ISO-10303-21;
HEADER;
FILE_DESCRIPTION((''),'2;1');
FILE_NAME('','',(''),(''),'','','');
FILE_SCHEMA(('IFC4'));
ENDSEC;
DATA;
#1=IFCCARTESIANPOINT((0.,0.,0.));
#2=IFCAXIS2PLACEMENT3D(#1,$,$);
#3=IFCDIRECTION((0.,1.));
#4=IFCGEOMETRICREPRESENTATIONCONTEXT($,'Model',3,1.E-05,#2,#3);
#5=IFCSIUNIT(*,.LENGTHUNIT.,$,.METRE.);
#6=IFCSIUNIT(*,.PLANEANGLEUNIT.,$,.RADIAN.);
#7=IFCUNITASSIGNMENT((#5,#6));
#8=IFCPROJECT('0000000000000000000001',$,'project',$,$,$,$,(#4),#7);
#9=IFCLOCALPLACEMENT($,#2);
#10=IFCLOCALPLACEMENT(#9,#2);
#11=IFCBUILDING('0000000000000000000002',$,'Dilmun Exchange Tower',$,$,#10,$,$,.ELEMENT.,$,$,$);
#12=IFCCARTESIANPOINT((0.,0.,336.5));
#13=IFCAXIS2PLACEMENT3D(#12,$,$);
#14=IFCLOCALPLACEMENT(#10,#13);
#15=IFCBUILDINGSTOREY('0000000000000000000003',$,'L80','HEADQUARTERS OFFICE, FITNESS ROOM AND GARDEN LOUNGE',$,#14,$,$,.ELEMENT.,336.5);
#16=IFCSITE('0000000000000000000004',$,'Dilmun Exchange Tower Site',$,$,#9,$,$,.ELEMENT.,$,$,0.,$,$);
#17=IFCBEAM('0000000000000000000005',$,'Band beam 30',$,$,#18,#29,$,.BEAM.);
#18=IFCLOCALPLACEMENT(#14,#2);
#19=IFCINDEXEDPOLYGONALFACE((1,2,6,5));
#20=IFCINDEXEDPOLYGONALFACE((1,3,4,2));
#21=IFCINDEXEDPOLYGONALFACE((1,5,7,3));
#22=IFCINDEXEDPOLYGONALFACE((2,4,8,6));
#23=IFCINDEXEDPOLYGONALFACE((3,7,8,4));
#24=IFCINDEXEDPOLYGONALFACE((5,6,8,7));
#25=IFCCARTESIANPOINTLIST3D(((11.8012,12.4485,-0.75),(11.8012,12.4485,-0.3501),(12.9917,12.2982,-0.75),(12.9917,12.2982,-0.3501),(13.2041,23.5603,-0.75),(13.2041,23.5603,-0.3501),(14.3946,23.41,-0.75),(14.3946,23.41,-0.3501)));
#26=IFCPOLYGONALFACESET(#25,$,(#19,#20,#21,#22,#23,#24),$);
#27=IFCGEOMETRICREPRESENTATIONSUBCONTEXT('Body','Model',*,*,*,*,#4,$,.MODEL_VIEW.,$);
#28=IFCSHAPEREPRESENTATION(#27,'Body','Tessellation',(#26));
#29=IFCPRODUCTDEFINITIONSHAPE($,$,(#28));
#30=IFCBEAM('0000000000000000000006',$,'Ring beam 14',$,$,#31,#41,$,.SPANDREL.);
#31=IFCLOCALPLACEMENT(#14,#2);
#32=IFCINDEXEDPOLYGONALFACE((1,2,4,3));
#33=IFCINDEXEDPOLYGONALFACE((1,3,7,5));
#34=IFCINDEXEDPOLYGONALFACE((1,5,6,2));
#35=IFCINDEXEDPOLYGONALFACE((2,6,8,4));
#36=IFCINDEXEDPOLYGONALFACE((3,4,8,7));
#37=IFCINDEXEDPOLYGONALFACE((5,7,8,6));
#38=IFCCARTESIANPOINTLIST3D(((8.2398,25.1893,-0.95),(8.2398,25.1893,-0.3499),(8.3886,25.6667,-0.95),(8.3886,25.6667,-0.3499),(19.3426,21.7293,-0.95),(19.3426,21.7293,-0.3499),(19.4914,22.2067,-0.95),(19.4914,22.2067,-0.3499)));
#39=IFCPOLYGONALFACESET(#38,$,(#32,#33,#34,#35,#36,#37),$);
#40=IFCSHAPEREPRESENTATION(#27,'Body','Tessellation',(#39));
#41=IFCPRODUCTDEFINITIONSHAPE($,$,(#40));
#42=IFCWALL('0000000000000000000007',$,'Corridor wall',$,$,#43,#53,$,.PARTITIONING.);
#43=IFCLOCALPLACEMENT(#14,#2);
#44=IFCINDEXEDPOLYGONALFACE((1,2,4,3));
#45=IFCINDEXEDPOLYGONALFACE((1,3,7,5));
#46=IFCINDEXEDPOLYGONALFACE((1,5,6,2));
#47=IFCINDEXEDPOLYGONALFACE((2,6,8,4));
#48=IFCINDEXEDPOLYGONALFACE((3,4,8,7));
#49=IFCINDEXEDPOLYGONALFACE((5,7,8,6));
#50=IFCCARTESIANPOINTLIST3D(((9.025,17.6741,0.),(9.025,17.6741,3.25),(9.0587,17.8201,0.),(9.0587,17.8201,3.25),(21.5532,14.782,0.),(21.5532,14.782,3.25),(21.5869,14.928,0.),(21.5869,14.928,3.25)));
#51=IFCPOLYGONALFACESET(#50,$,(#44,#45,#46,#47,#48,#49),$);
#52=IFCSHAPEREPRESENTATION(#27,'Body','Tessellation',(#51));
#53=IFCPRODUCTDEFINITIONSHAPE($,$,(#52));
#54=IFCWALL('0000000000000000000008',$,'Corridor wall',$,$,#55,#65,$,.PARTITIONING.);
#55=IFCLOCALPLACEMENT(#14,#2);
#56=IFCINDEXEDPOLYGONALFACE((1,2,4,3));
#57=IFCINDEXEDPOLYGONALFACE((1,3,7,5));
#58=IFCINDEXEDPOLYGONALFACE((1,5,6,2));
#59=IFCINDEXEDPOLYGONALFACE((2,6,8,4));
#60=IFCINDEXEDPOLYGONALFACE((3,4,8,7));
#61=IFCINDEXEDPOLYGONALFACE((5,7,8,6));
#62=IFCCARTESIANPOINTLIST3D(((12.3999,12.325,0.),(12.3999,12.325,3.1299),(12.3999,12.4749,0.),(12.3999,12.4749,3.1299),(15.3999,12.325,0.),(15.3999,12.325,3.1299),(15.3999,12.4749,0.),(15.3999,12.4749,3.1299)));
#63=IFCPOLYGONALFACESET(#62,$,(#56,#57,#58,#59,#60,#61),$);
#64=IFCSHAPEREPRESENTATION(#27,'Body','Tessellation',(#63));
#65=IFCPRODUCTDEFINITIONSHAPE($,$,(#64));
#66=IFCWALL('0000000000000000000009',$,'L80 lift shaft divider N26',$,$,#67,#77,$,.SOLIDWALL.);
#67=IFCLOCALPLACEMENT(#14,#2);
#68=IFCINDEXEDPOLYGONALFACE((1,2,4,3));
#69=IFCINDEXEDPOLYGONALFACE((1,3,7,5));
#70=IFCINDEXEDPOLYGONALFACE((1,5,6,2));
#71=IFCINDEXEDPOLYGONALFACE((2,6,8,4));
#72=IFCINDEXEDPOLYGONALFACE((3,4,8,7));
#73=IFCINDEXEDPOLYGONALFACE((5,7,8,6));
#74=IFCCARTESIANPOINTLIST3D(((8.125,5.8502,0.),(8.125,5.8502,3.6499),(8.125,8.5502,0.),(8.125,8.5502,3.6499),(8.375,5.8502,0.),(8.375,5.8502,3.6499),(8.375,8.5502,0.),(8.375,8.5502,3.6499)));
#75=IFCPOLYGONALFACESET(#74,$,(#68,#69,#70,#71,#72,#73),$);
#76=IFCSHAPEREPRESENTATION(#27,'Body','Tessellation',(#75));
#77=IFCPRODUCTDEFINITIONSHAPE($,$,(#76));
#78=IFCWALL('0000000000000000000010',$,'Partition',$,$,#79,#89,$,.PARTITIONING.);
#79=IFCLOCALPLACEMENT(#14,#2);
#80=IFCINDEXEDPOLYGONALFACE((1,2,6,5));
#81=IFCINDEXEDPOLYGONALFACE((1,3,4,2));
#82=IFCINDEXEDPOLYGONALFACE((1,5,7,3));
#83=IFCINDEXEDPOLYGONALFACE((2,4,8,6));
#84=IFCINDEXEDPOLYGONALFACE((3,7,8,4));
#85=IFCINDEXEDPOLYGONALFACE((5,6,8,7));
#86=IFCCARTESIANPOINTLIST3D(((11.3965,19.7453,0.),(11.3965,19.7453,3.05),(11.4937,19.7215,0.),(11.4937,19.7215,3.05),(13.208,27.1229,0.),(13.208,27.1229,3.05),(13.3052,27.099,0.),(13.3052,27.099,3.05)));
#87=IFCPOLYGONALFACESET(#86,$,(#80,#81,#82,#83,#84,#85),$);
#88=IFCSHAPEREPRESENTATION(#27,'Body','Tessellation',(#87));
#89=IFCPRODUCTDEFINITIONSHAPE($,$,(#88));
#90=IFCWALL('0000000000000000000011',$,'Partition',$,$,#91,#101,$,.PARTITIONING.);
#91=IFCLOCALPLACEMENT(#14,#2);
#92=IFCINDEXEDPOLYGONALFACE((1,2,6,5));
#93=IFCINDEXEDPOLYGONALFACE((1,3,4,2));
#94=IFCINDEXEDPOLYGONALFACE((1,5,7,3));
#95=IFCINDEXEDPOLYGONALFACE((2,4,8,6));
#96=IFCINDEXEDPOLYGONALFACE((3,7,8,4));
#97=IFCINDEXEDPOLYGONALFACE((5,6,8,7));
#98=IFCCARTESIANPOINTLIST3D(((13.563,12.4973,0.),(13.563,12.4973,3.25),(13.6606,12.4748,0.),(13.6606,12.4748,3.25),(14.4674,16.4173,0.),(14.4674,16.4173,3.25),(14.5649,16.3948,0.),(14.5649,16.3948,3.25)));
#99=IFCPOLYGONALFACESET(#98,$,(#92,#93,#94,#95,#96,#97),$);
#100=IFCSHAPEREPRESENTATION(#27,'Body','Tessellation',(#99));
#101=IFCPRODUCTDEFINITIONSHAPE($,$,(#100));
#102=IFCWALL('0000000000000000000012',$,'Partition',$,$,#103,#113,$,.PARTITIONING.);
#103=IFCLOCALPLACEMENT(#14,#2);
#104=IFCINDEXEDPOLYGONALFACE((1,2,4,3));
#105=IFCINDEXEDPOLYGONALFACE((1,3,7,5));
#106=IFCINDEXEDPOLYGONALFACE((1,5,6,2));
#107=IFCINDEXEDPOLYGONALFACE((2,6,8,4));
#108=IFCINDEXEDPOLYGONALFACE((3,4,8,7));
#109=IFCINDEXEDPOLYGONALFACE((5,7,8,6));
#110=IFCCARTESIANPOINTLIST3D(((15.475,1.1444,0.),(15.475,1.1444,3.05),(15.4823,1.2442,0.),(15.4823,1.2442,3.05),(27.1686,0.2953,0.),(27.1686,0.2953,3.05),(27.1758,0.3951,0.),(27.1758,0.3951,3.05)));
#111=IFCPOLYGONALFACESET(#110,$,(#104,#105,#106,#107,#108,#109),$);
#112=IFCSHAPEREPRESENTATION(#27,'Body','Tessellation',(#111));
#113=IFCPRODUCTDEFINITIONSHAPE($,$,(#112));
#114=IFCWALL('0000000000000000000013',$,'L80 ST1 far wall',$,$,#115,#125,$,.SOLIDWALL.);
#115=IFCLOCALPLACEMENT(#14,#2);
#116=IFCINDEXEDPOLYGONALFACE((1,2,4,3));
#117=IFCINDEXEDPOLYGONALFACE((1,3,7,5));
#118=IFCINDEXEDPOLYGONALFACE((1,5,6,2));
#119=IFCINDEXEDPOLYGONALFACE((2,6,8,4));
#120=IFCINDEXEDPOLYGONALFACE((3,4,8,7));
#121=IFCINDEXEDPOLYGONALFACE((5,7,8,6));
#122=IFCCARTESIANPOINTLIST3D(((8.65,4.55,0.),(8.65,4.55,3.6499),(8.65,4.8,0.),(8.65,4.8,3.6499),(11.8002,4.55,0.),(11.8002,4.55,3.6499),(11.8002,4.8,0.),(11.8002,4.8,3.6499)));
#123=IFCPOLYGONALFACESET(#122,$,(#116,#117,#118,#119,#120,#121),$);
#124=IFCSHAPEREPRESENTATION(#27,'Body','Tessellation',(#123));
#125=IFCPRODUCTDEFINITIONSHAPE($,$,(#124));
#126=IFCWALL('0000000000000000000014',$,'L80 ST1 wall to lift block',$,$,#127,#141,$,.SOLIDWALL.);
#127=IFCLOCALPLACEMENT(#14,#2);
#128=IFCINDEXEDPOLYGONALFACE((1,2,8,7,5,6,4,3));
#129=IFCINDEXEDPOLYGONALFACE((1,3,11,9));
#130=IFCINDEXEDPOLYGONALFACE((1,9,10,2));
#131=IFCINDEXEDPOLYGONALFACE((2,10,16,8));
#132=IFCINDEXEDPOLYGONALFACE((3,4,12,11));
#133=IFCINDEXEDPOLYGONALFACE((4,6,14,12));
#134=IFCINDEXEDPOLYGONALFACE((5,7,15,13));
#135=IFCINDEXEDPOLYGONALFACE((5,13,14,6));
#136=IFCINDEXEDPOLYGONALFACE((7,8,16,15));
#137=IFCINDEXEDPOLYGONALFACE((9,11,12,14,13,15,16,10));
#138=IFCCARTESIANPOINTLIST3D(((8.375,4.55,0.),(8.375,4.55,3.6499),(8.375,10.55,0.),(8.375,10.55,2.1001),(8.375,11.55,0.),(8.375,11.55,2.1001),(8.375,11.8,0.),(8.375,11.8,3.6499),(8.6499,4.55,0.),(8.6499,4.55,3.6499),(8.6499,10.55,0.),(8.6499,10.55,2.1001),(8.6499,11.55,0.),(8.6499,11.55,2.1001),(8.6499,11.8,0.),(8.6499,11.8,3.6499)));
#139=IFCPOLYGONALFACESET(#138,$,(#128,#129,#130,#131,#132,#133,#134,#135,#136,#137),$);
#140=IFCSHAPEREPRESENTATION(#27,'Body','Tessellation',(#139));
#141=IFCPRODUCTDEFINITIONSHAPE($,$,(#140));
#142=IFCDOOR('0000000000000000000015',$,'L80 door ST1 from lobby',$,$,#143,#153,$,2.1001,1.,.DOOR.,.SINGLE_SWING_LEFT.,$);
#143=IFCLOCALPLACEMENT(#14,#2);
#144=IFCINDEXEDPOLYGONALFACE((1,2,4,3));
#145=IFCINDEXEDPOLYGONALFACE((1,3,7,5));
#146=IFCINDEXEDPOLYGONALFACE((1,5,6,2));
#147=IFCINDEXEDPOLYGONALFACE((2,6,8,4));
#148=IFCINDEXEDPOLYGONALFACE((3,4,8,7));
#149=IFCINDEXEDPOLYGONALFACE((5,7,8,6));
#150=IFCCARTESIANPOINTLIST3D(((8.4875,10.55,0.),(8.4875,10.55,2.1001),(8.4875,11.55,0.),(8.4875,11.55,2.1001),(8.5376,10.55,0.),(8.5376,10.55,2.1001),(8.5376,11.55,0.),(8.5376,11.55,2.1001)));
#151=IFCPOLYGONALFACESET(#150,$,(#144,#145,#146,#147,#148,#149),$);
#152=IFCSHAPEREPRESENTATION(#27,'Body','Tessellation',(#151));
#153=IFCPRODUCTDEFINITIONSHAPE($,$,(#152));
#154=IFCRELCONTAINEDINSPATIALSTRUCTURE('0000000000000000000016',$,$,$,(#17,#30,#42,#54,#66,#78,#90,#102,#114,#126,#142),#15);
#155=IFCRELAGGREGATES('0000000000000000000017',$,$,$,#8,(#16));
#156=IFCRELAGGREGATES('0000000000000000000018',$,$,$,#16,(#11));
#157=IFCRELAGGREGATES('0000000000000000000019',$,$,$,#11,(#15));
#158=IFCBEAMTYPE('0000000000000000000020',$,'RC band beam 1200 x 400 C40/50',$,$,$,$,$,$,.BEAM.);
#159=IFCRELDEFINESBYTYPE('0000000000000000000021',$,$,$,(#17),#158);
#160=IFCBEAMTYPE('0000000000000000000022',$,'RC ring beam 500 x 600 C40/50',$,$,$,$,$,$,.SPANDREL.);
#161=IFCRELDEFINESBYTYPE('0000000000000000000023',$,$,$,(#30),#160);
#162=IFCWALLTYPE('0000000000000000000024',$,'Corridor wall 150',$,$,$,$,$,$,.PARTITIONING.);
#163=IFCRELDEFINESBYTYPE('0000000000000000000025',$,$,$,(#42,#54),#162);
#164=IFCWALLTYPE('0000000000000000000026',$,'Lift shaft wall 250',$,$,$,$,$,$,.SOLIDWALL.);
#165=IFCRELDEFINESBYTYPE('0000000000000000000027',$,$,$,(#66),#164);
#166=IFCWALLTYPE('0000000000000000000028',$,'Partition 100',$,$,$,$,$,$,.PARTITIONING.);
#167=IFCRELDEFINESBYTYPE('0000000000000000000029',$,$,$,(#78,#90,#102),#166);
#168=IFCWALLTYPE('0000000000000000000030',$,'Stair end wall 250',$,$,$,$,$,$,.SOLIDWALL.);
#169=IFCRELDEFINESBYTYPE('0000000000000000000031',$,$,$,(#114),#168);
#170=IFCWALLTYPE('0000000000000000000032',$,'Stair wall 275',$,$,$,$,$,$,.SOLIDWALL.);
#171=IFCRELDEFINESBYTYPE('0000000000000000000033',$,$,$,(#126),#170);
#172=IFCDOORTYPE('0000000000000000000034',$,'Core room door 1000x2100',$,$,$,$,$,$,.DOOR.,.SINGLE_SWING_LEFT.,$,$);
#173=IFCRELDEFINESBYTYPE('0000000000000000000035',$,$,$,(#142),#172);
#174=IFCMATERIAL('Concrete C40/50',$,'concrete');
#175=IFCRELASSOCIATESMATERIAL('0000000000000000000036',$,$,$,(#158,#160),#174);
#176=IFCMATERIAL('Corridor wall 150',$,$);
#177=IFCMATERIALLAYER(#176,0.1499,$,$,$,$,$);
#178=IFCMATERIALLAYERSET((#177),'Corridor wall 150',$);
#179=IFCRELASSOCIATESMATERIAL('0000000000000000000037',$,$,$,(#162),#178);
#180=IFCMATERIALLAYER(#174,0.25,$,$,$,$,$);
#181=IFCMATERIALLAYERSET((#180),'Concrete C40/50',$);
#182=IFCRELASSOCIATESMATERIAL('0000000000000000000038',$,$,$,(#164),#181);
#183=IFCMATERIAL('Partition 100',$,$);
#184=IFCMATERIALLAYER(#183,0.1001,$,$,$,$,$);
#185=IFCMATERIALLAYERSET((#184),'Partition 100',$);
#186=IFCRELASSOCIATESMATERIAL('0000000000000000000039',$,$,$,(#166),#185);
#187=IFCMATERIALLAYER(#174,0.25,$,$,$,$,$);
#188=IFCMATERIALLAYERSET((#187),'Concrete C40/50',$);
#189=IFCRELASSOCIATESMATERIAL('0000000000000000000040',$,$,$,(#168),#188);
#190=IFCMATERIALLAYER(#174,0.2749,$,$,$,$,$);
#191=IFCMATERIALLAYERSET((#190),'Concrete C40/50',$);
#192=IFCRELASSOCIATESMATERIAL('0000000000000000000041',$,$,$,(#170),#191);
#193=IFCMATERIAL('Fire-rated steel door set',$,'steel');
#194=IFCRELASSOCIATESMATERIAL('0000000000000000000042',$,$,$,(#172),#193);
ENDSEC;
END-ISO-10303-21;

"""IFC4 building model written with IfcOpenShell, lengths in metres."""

from ifc_helpers import new_model, si_unit, direction, frame, frame_2d, origin, origin_2d, place, context, subcontext, project, spatial, rectangle, extrude, material, layer, layer_set, material_profile, profile_set, type_object, element, fill, save


model = new_model("IFC4")

# Units and contexts
model_context = context("Model", 3, precision=1e-05, world=origin(), true_north=direction((0.0, 1.0)))
body_context = subcontext(model_context, "Body", "Model", "MODEL_VIEW")
ifc_project = project(units=[si_unit("LENGTHUNIT", "METRE"), si_unit("PLANEANGLEUNIT", "RADIAN")], contexts=[model_context])

# Site, building, storey
site_placement = place(None, origin())
site = spatial("IfcSite", under=ifc_project, at=site_placement, Name="Dilmun Exchange Tower Site", CompositionType="ELEMENT", RefElevation=0.0)
building_placement = place(site_placement, origin())
building = spatial("IfcBuilding", under=site, at=building_placement, Name="Dilmun Exchange Tower", CompositionType="ELEMENT")
storey_placement = place(building_placement, frame((0.0, 0.0, 336.5)))
storey = spatial("IfcBuildingStorey", under=building, at=storey_placement, Name="L80", Description="HEADQUARTERS OFFICE, FITNESS ROOM AND GARDEN LOUNGE", CompositionType="ELEMENT", Elevation=336.5)

# Beams
ifc_material_1 = material(Name="Concrete C40/50", Category="concrete")
ifc_material_profile_1 = material_profile(ifc_material_1, rectangle(XDim=1.2, YDim=0.3999, at=origin_2d()), Name="1200 x 400")
ifc_profile_set_1 = profile_set([ifc_material_profile_1], Name="Concrete C40/50")
beam_type_1 = type_object("IfcBeamType", Name="RC band beam 1200 x 400 C40/50", PredefinedType="BEAM", material=ifc_profile_set_1)
beam_1_placement = place(storey_placement, frame((13.7993, 23.4851, -0.55), z_axis=(-0.125253, -0.992125, 0.0), x_axis=(0.992125, -0.125253, 0.0)))
element("IfcBeam", 1, at=beam_1_placement, inside=storey, type_object=beam_type_1, Name="Band beam 30", PredefinedType="BEAM", context=body_context, shape_type="SweptSolid", body=[
    extrude(rectangle(XDim=1.2, YDim=0.3999, at=origin_2d()), origin(), (0.0, 0.0, 1.0), 11.2),
])
ifc_material_profile_2 = material_profile(ifc_material_1, rectangle(XDim=0.5, YDim=0.6001, at=origin_2d()), Name="500 x 600")
ifc_profile_set_2 = profile_set([ifc_material_profile_2], Name="Concrete C40/50")
beam_type_2 = type_object("IfcBeamType", Name="RC ring beam 500 x 600 C40/50", PredefinedType="SPANDREL", material=ifc_profile_set_2)
beam_2_placement = place(storey_placement, frame((19.417, 21.968, -0.6499), z_axis=(-0.954716, 0.297518, 0.0), x_axis=(-0.297518, -0.954716, 0.0)))
element("IfcBeam", 2, at=beam_2_placement, inside=storey, type_object=beam_type_2, Name="Ring beam 14", PredefinedType="SPANDREL", context=body_context, shape_type="SweptSolid", body=[
    extrude(rectangle(XDim=0.5, YDim=0.6001, at=origin_2d()), origin(), (0.0, 0.0, 1.0), 11.6294),
])

# Walls
ifc_material_2 = material(Name="Corridor wall 150")
ifc_layer_1 = layer(ifc_material_2, 0.1499)
ifc_layer_set_1 = layer_set([ifc_layer_1], Name="Corridor wall 150")
wall_type_1 = type_object("IfcWallType", Name="Corridor wall 150", PredefinedType="PARTITIONING", material=ifc_layer_set_1)
wall_1_placement = place(storey_placement, frame((9.042, 17.7471, 0.0), z_axis=(0.0, 0.0, 1.0), x_axis=(0.974374, -0.224933, 0.0)))
element("IfcWall", 3, at=wall_1_placement, inside=storey, type_object=wall_type_1, Name="Corridor wall", PredefinedType="PARTITIONING", context=body_context, shape_type="SweptSolid", body=[
    extrude(rectangle(XDim=12.8577, YDim=0.1499, at=frame_2d((6.4287, 0.0))), origin(), (0.0, 0.0, 1.0), 3.25),
])
wall_2_placement = place(storey_placement, frame((12.3999, 12.3999, 0.0), z_axis=(0.0, 0.0, 1.0), x_axis=(1.0, 0.0, 0.0)))
element("IfcWall", 4, at=wall_2_placement, inside=storey, type_object=wall_type_1, Name="Corridor wall", PredefinedType="PARTITIONING", context=body_context, shape_type="SweptSolid", body=[
    extrude(rectangle(XDim=3.0, YDim=0.1499, at=frame_2d((1.5, 0.0))), origin(), (0.0, 0.0, 1.0), 3.1299),
])
ifc_layer_2 = layer(ifc_material_1, 0.25)
ifc_layer_set_2 = layer_set([ifc_layer_2], Name="Concrete C40/50")
wall_type_2 = type_object("IfcWallType", Name="Lift shaft wall 250", PredefinedType="SOLIDWALL", material=ifc_layer_set_2)
wall_3_placement = place(storey_placement, frame((8.25, 5.8501, 0.0), z_axis=(0.0, 0.0, 1.0), x_axis=(0.0, 1.0, 0.0)))
element("IfcWall", 5, at=wall_3_placement, inside=storey, type_object=wall_type_2, Name="L80 lift shaft divider N26", PredefinedType="SOLIDWALL", context=body_context, shape_type="SweptSolid", body=[
    extrude(rectangle(XDim=2.7, YDim=0.25, at=frame_2d((1.3501, 0.0))), origin(), (0.0, 0.0, 1.0), 3.6499),
])
ifc_material_3 = material(Name="Partition 100")
ifc_layer_3 = layer(ifc_material_3, 0.1001)
ifc_layer_set_3 = layer_set([ifc_layer_3], Name="Partition 100")
wall_type_3 = type_object("IfcWallType", Name="Partition 100", PredefinedType="PARTITIONING", material=ifc_layer_set_3)
wall_4_placement = place(storey_placement, frame((11.4451, 19.7334, 0.0), z_axis=(0.0, 0.0, 1.0), x_axis=(0.238465, 0.971151, 0.0)))
element("IfcWall", 6, at=wall_4_placement, inside=storey, type_object=wall_type_3, Name="Partition", PredefinedType="PARTITIONING", context=body_context, shape_type="SweptSolid", body=[
    extrude(rectangle(XDim=7.5967, YDim=0.1001, at=frame_2d((3.7983, 0.0))), origin(), (0.0, 0.0, 1.0), 3.05),
])
wall_5_placement = place(storey_placement, frame((13.6118, 12.4861, 0.0), z_axis=(0.0, 0.0, 1.0), x_axis=(0.224789, 0.974408, 0.0)))
element("IfcWall", 7, at=wall_5_placement, inside=storey, type_object=wall_type_3, Name="Partition", PredefinedType="PARTITIONING", context=body_context, shape_type="SweptSolid", body=[
    extrude(rectangle(XDim=4.0229, YDim=0.1001, at=frame_2d((2.0115, 0.0))), origin(), (0.0, 0.0, 1.0), 3.25),
])
wall_6_placement = place(storey_placement, frame((15.4785, 1.1943, 0.0), z_axis=(0.0, 0.0, 1.0), x_axis=(0.997374, -0.072423, 0.0)))
element("IfcWall", 8, at=wall_6_placement, inside=storey, type_object=wall_type_3, Name="Partition", PredefinedType="PARTITIONING", context=body_context, shape_type="SweptSolid", body=[
    extrude(rectangle(XDim=11.7244, YDim=0.1001, at=frame_2d((5.8623, 0.0))), origin(), (0.0, 0.0, 1.0), 3.05),
])
ifc_layer_4 = layer(ifc_material_1, 0.25)
ifc_layer_set_4 = layer_set([ifc_layer_4], Name="Concrete C40/50")
wall_type_4 = type_object("IfcWallType", Name="Stair end wall 250", PredefinedType="SOLIDWALL", material=ifc_layer_set_4)
wall_7_placement = place(storey_placement, frame((8.6499, 4.675, 0.0), z_axis=(0.0, 0.0, 1.0), x_axis=(1.0, 0.0, 0.0)))
element("IfcWall", 9, at=wall_7_placement, inside=storey, type_object=wall_type_4, Name="L80 ST1 far wall", PredefinedType="SOLIDWALL", context=body_context, shape_type="SweptSolid", body=[
    extrude(rectangle(XDim=3.1501, YDim=0.25, at=frame_2d((1.5752, 0.0))), origin(), (0.0, 0.0, 1.0), 3.6499),
])

# Wall, opening, door
ifc_layer_5 = layer(ifc_material_1, 0.2749)
ifc_layer_set_5 = layer_set([ifc_layer_5], Name="Concrete C40/50")
wall_type_5 = type_object("IfcWallType", Name="Stair wall 275", PredefinedType="SOLIDWALL", material=ifc_layer_set_5)
wall_8_placement = place(storey_placement, frame((8.5125, 4.55, 0.0), z_axis=(0.0, 0.0, 1.0), x_axis=(0.0, 1.0, 0.0)))
wall_8 = element("IfcWall", 10, at=wall_8_placement, inside=storey, type_object=wall_type_5, Name="L80 ST1 wall to lift block", PredefinedType="SOLIDWALL", context=body_context, shape_type="SweptSolid", body=[
    extrude(rectangle(XDim=7.25, YDim=0.2749, at=frame_2d((3.625, 0.0))), origin(), (0.0, 0.0, 1.0), 3.6499),
])
opening_placement = place(wall_8_placement, frame((6.0, 0.0, 0.0)))
opening = element("IfcOpeningElement", 11, at=opening_placement, cuts=wall_8, PredefinedType="OPENING", context=body_context, shape_type="SweptSolid", body=[
    extrude(rectangle(XDim=1.0, YDim=2.1001, at=frame_2d((0.5, 1.05))), frame((0.0, 0.1475, 0.0), z_axis=(0.0, -1.0, 0.0), x_axis=(1.0, 0.0, 0.0)), (0.0, 0.0, 1.0), 0.2949),
])
ifc_material_4 = material(Name="Fire-rated steel door set", Category="steel")
door_type = type_object("IfcDoorType", Name="Core room door 1000x2100", OperationType="SINGLE_SWING_LEFT", PredefinedType="DOOR", material=ifc_material_4)
door_placement = place(opening_placement, origin())
door = element("IfcDoor", 12, at=door_placement, inside=storey, type_object=door_type, Name="L80 door ST1 from lobby", OperationType="SINGLE_SWING_LEFT", OverallHeight=2.1001, OverallWidth=1.0, PredefinedType="DOOR", context=body_context, shape_type="SweptSolid", body=[
    extrude(rectangle(XDim=1.0, YDim=2.1001, at=frame_2d((0.5, 1.05))), frame((0.0, 0.0249, 0.0), z_axis=(0.0, -1.0, 0.0), x_axis=(1.0, 0.0, 0.0)), (0.0, 0.0, 1.0), 0.05),
])
fill(opening, door)

save(model, "model.ifc")
